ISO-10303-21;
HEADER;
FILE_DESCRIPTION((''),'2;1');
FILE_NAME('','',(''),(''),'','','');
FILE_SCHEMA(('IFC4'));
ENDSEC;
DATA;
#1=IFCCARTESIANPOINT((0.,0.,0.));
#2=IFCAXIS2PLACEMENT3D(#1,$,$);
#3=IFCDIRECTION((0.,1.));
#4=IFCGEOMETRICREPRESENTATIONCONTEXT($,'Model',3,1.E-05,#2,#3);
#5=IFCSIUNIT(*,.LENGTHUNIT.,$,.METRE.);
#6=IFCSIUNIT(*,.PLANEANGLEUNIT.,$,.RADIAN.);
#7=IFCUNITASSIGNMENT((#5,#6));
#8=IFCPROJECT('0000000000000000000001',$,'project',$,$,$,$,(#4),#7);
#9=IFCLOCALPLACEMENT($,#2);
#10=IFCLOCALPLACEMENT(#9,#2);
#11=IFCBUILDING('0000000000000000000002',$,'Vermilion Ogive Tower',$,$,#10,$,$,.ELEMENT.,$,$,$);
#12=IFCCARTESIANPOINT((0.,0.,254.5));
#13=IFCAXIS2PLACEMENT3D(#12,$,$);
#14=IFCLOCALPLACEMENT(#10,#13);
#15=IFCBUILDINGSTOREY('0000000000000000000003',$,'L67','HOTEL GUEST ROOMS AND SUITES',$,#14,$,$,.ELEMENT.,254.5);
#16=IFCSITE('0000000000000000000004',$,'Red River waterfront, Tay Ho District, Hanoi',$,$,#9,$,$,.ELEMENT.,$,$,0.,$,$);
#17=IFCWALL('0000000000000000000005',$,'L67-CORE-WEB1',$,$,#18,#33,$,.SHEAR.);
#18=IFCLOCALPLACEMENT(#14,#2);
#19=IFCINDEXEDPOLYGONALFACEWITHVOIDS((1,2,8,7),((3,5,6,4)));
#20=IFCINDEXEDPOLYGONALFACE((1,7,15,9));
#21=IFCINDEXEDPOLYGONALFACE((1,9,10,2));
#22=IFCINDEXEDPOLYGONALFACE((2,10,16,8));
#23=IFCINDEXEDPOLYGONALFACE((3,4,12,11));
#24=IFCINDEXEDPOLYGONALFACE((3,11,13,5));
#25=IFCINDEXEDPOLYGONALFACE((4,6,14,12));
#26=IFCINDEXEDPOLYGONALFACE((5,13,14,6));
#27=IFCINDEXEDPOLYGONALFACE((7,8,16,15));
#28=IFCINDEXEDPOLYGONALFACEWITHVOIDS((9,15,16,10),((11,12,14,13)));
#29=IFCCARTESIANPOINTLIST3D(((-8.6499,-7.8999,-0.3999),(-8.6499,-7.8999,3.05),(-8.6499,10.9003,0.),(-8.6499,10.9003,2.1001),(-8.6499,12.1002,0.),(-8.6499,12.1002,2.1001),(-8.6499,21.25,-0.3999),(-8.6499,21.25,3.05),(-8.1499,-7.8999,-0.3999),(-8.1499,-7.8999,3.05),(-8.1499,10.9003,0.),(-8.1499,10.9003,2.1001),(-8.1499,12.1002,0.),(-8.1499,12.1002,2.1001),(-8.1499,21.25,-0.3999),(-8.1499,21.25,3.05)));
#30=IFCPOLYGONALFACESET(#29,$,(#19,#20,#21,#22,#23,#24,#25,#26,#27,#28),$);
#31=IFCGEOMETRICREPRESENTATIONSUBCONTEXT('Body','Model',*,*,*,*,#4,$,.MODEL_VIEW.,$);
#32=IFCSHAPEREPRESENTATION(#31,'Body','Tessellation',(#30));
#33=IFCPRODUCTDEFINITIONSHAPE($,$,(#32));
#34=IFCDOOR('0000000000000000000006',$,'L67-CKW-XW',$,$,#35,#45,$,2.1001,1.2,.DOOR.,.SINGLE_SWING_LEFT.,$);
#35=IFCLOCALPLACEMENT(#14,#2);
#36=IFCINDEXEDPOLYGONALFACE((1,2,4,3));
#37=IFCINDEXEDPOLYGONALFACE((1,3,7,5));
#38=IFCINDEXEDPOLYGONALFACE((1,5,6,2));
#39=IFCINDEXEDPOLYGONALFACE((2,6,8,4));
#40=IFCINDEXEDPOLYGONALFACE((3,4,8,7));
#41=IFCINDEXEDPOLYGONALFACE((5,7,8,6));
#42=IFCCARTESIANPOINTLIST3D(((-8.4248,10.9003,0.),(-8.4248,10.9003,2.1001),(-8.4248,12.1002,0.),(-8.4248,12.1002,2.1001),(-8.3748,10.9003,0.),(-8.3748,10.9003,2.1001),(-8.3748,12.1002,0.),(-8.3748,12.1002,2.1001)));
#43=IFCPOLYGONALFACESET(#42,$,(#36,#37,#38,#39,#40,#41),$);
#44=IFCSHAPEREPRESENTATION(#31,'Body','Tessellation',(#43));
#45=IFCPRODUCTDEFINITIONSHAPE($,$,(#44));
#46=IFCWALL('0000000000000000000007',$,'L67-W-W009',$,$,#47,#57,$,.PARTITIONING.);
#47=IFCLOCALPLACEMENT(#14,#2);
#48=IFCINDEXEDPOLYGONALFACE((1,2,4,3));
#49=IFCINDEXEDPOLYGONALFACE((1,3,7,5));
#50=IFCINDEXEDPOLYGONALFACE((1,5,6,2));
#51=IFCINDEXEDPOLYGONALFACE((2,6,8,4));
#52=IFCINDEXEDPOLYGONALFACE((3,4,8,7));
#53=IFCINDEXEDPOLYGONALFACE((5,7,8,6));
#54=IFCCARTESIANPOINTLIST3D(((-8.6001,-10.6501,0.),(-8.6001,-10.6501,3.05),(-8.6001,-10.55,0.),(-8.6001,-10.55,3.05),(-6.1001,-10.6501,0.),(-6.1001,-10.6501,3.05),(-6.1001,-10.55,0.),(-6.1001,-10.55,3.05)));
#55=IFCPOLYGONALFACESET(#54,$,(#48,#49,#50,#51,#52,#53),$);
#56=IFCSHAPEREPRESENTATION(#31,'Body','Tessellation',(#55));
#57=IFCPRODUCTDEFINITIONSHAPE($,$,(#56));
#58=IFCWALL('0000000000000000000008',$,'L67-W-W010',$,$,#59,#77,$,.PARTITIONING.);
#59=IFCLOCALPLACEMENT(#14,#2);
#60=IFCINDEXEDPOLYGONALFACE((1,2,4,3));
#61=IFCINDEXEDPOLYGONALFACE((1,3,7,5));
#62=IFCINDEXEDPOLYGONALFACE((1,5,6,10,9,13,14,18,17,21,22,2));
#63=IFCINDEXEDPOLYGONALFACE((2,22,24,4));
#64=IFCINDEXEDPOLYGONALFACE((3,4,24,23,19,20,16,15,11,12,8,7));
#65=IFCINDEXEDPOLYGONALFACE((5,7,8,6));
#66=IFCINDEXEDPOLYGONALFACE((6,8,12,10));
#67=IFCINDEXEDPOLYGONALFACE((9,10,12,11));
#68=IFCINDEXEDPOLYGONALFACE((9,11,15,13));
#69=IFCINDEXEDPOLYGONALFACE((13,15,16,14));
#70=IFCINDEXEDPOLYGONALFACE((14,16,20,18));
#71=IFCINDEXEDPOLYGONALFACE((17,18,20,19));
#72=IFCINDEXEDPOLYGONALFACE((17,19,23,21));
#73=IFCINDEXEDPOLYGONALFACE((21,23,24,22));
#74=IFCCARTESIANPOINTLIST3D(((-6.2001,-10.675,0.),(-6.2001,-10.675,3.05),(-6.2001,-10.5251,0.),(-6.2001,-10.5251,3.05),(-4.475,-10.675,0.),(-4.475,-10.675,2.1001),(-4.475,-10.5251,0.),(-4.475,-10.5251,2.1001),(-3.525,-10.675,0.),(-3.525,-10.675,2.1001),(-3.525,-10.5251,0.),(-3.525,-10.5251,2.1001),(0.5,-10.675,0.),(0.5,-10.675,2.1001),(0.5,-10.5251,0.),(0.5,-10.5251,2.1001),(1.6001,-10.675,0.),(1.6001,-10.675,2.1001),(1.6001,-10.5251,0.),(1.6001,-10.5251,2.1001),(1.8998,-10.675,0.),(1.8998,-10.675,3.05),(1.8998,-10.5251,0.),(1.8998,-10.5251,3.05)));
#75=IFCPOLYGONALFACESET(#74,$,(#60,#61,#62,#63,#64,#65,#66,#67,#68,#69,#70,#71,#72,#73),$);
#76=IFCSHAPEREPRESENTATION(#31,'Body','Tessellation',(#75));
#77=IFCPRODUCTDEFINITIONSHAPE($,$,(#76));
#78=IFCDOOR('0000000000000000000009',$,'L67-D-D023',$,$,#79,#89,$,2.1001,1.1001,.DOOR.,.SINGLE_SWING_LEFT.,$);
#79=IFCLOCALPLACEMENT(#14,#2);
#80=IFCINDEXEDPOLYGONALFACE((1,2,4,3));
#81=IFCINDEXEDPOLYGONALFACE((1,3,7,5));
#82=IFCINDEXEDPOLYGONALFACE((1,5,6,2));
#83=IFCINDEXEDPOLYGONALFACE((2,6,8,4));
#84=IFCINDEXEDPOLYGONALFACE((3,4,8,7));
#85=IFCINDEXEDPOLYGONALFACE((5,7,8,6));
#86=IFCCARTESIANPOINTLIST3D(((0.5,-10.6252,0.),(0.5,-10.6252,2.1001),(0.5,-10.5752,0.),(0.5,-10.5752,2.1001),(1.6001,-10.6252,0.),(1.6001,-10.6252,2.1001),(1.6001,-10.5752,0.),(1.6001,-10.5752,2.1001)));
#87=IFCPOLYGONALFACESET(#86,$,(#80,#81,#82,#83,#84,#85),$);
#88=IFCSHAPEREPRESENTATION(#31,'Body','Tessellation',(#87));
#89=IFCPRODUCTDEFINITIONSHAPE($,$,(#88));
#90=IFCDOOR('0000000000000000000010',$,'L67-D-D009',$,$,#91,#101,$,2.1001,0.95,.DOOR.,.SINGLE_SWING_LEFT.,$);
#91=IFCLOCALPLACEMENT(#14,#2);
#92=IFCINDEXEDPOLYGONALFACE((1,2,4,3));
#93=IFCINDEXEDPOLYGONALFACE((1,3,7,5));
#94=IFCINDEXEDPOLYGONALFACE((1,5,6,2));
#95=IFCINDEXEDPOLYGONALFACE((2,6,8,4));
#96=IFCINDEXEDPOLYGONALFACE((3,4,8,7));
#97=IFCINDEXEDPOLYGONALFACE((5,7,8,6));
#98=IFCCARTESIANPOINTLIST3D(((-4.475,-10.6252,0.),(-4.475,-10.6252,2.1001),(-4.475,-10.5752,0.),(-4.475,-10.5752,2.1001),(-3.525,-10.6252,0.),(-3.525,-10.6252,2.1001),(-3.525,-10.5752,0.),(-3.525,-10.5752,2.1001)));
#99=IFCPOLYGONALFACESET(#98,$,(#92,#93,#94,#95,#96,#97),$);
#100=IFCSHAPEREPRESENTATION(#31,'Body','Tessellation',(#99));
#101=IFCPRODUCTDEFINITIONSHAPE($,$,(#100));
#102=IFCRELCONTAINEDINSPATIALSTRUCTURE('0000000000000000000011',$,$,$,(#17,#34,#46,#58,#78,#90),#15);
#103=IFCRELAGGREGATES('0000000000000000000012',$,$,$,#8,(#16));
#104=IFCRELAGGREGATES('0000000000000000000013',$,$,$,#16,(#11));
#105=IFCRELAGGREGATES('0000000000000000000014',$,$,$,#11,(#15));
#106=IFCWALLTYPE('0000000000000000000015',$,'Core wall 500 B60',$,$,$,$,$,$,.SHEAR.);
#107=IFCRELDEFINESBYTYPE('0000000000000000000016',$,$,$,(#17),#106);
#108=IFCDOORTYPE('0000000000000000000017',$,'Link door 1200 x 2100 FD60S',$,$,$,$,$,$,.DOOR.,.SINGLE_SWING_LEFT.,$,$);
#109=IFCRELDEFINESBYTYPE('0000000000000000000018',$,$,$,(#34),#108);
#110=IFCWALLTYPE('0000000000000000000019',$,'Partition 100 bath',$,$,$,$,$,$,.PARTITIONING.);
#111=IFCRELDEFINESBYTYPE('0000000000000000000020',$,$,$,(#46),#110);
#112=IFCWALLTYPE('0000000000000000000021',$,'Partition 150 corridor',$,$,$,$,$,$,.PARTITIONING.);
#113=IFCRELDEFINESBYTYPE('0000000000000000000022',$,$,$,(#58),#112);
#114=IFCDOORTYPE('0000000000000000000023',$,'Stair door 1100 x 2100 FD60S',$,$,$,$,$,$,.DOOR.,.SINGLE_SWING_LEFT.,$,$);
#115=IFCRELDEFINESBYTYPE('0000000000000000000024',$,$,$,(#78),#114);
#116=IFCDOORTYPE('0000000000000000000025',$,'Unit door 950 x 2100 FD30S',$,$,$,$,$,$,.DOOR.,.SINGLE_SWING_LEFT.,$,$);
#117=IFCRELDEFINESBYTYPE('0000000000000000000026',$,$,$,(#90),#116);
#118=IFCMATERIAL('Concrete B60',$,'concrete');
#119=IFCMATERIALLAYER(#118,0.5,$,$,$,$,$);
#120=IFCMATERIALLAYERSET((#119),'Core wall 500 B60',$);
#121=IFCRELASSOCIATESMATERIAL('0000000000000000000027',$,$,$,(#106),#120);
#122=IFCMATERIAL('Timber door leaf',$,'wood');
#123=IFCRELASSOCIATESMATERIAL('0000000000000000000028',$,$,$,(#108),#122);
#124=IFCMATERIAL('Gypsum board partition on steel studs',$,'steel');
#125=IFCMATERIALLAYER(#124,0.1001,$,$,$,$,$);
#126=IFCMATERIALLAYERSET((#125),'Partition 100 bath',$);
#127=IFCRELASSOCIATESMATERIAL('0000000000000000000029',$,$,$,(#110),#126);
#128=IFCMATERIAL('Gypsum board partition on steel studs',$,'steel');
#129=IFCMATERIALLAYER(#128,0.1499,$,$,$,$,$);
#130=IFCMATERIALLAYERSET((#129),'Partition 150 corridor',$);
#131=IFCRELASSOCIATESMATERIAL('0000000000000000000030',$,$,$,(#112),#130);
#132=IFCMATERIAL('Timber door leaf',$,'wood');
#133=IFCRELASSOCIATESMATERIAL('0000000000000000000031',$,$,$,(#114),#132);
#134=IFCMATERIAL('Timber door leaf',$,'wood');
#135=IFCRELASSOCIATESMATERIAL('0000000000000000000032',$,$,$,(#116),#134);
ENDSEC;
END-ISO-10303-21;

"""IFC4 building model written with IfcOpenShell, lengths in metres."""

from ifc_helpers import new_model, si_unit, direction, frame, frame_2d, origin, place, context, subcontext, project, spatial, rectangle, extrude, material, layer, layer_set, type_object, element, fill, save


model = new_model("IFC4")

# Units and contexts
model_context = context("Model", 3, precision=1e-05, world=origin(), true_north=direction((0.0, 1.0)))
body_context = subcontext(model_context, "Body", "Model", "MODEL_VIEW")
ifc_project = project(units=[si_unit("LENGTHUNIT", "METRE"), si_unit("PLANEANGLEUNIT", "RADIAN")], contexts=[model_context])

# Site, building, storey
site_placement = place(None, origin())
site = spatial("IfcSite", under=ifc_project, at=site_placement, Name="Red River waterfront, Tay Ho District, Hanoi", CompositionType="ELEMENT", RefElevation=0.0)
building_placement = place(site_placement, origin())
building = spatial("IfcBuilding", under=site, at=building_placement, Name="Vermilion Ogive Tower", CompositionType="ELEMENT")
storey_placement = place(building_placement, frame((0.0, 0.0, 254.5)))
storey = spatial("IfcBuildingStorey", under=building, at=storey_placement, Name="L67", Description="HOTEL GUEST ROOMS AND SUITES", CompositionType="ELEMENT", Elevation=254.5)

# Wall, opening, door
ifc_material_1 = material(Name="Concrete B60", Category="concrete")
ifc_layer_1 = layer(ifc_material_1, 0.5)
ifc_layer_set_1 = layer_set([ifc_layer_1], Name="Core wall 500 B60")
wall_type_1 = type_object("IfcWallType", Name="Core wall 500 B60", PredefinedType="SHEAR", material=ifc_layer_set_1)
wall_1_placement = place(storey_placement, frame((-8.3999, -7.8999, -0.3999), z_axis=(0.0, 0.0, 1.0), x_axis=(0.0, 1.0, 0.0)))
wall_1 = element("IfcWall", 1, at=wall_1_placement, inside=storey, type_object=wall_type_1, Name="L67-CORE-WEB1", PredefinedType="SHEAR", context=body_context, shape_type="SweptSolid", body=[
    extrude(rectangle(XDim=29.1499, YDim=0.5, at=frame_2d((14.575, 0.0))), origin(), (0.0, 0.0, 1.0), 3.45),
])
opening_1_placement = place(wall_1_placement, frame((18.8, 0.0, 0.3999)))
opening_1 = element("IfcOpeningElement", 2, at=opening_1_placement, cuts=wall_1, PredefinedType="OPENING", context=body_context, shape_type="SweptSolid", body=[
    extrude(rectangle(XDim=1.2, YDim=2.1001, at=frame_2d((0.6001, 1.05))), frame((0.0, 0.26, 0.0), z_axis=(0.0, -1.0, 0.0), x_axis=(1.0, 0.0, 0.0)), (0.0, 0.0, 1.0), 0.52),
])
ifc_material_2 = material(Name="Timber door leaf", Category="wood")
door_type_1 = type_object("IfcDoorType", Name="Link door 1200 x 2100 FD60S", OperationType="SINGLE_SWING_LEFT", PredefinedType="DOOR", material=ifc_material_2)
door_1_placement = place(opening_1_placement, origin())
door_1 = element("IfcDoor", 3, at=door_1_placement, inside=storey, type_object=door_type_1, Name="L67-CKW-XW", OperationType="SINGLE_SWING_LEFT", OverallHeight=2.1001, OverallWidth=1.2, PredefinedType="DOOR", context=body_context, shape_type="SweptSolid", body=[
    extrude(rectangle(XDim=1.2, YDim=2.1001, at=frame_2d((0.6001, 1.05))), frame((0.0, 0.0249, 0.0), z_axis=(0.0, -1.0, 0.0), x_axis=(1.0, 0.0, 0.0)), (0.0, 0.0, 1.0), 0.05),
])
fill(opening_1, door_1)

# Wall
ifc_material_3 = material(Name="Gypsum board partition on steel studs", Category="steel")
ifc_layer_2 = layer(ifc_material_3, 0.1001)
ifc_layer_set_2 = layer_set([ifc_layer_2], Name="Partition 100 bath")
wall_type_2 = type_object("IfcWallType", Name="Partition 100 bath", PredefinedType="PARTITIONING", material=ifc_layer_set_2)
wall_2_placement = place(storey_placement, frame((-8.6001, -10.6001, 0.0), z_axis=(0.0, 0.0, 1.0), x_axis=(1.0, 0.0, 0.0)))
element("IfcWall", 4, at=wall_2_placement, inside=storey, type_object=wall_type_2, Name="L67-W-W009", PredefinedType="PARTITIONING", context=body_context, shape_type="SweptSolid", body=[
    extrude(rectangle(XDim=2.5, YDim=0.1001, at=frame_2d((1.25, 0.0))), origin(), (0.0, 0.0, 1.0), 3.05),
])

# Wall, openings, doors
ifc_material_4 = material(Name="Gypsum board partition on steel studs", Category="steel")
ifc_layer_3 = layer(ifc_material_4, 0.1499)
ifc_layer_set_3 = layer_set([ifc_layer_3], Name="Partition 150 corridor")
wall_type_3 = type_object("IfcWallType", Name="Partition 150 corridor", PredefinedType="PARTITIONING", material=ifc_layer_set_3)
wall_3_placement = place(storey_placement, frame((-6.2, -10.6001, 0.0), z_axis=(0.0, 0.0, 1.0), x_axis=(1.0, 0.0, 0.0)))
wall_3 = element("IfcWall", 5, at=wall_3_placement, inside=storey, type_object=wall_type_3, Name="L67-W-W010", PredefinedType="PARTITIONING", context=body_context, shape_type="SweptSolid", body=[
    extrude(rectangle(XDim=8.0999, YDim=0.1499, at=frame_2d((4.0498, 0.0))), origin(), (0.0, 0.0, 1.0), 3.05),
])
opening_2_placement = place(wall_3_placement, frame((1.7249, 0.0, 0.0)))
opening_2 = element("IfcOpeningElement", 6, at=opening_2_placement, cuts=wall_3, PredefinedType="OPENING", context=body_context, shape_type="SweptSolid", body=[
    extrude(rectangle(XDim=0.95, YDim=2.1001, at=frame_2d((0.4751, 1.05))), frame((0.0, 0.085, 0.0), z_axis=(0.0, -1.0, 0.0), x_axis=(1.0, 0.0, 0.0)), (0.0, 0.0, 1.0), 0.1699),
])
opening_3_placement = place(wall_3_placement, frame((6.7, 0.0, 0.0)))
opening_3 = element("IfcOpeningElement", 7, at=opening_3_placement, cuts=wall_3, PredefinedType="OPENING", context=body_context, shape_type="SweptSolid", body=[
    extrude(rectangle(XDim=1.1001, YDim=2.1001, at=frame_2d((0.55, 1.05))), frame((0.0, 0.085, 0.0), z_axis=(0.0, -1.0, 0.0), x_axis=(1.0, 0.0, 0.0)), (0.0, 0.0, 1.0), 0.1699),
])
ifc_material_5 = material(Name="Timber door leaf", Category="wood")
door_type_2 = type_object("IfcDoorType", Name="Stair door 1100 x 2100 FD60S", OperationType="SINGLE_SWING_LEFT", PredefinedType="DOOR", material=ifc_material_5)
door_2_placement = place(opening_3_placement, origin())
door_2 = element("IfcDoor", 8, at=door_2_placement, inside=storey, type_object=door_type_2, Name="L67-D-D023", OperationType="SINGLE_SWING_LEFT", OverallHeight=2.1001, OverallWidth=1.1001, PredefinedType="DOOR", context=body_context, shape_type="SweptSolid", body=[
    extrude(rectangle(XDim=1.1001, YDim=2.1001, at=frame_2d((0.55, 1.05))), frame((0.0, 0.0249, 0.0), z_axis=(0.0, -1.0, 0.0), x_axis=(1.0, 0.0, 0.0)), (0.0, 0.0, 1.0), 0.05),
])
fill(opening_3, door_2)
ifc_material_6 = material(Name="Timber door leaf", Category="wood")
door_type_3 = type_object("IfcDoorType", Name="Unit door 950 x 2100 FD30S", OperationType="SINGLE_SWING_LEFT", PredefinedType="DOOR", material=ifc_material_6)
door_3_placement = place(opening_2_placement, origin())
door_3 = element("IfcDoor", 9, at=door_3_placement, inside=storey, type_object=door_type_3, Name="L67-D-D009", OperationType="SINGLE_SWING_LEFT", OverallHeight=2.1001, OverallWidth=0.95, PredefinedType="DOOR", context=body_context, shape_type="SweptSolid", body=[
    extrude(rectangle(XDim=0.95, YDim=2.1001, at=frame_2d((0.4751, 1.05))), frame((0.0, 0.0249, 0.0), z_axis=(0.0, -1.0, 0.0), x_axis=(1.0, 0.0, 0.0)), (0.0, 0.0, 1.0), 0.05),
])
fill(opening_2, door_3)

save(model, "model.ifc")
